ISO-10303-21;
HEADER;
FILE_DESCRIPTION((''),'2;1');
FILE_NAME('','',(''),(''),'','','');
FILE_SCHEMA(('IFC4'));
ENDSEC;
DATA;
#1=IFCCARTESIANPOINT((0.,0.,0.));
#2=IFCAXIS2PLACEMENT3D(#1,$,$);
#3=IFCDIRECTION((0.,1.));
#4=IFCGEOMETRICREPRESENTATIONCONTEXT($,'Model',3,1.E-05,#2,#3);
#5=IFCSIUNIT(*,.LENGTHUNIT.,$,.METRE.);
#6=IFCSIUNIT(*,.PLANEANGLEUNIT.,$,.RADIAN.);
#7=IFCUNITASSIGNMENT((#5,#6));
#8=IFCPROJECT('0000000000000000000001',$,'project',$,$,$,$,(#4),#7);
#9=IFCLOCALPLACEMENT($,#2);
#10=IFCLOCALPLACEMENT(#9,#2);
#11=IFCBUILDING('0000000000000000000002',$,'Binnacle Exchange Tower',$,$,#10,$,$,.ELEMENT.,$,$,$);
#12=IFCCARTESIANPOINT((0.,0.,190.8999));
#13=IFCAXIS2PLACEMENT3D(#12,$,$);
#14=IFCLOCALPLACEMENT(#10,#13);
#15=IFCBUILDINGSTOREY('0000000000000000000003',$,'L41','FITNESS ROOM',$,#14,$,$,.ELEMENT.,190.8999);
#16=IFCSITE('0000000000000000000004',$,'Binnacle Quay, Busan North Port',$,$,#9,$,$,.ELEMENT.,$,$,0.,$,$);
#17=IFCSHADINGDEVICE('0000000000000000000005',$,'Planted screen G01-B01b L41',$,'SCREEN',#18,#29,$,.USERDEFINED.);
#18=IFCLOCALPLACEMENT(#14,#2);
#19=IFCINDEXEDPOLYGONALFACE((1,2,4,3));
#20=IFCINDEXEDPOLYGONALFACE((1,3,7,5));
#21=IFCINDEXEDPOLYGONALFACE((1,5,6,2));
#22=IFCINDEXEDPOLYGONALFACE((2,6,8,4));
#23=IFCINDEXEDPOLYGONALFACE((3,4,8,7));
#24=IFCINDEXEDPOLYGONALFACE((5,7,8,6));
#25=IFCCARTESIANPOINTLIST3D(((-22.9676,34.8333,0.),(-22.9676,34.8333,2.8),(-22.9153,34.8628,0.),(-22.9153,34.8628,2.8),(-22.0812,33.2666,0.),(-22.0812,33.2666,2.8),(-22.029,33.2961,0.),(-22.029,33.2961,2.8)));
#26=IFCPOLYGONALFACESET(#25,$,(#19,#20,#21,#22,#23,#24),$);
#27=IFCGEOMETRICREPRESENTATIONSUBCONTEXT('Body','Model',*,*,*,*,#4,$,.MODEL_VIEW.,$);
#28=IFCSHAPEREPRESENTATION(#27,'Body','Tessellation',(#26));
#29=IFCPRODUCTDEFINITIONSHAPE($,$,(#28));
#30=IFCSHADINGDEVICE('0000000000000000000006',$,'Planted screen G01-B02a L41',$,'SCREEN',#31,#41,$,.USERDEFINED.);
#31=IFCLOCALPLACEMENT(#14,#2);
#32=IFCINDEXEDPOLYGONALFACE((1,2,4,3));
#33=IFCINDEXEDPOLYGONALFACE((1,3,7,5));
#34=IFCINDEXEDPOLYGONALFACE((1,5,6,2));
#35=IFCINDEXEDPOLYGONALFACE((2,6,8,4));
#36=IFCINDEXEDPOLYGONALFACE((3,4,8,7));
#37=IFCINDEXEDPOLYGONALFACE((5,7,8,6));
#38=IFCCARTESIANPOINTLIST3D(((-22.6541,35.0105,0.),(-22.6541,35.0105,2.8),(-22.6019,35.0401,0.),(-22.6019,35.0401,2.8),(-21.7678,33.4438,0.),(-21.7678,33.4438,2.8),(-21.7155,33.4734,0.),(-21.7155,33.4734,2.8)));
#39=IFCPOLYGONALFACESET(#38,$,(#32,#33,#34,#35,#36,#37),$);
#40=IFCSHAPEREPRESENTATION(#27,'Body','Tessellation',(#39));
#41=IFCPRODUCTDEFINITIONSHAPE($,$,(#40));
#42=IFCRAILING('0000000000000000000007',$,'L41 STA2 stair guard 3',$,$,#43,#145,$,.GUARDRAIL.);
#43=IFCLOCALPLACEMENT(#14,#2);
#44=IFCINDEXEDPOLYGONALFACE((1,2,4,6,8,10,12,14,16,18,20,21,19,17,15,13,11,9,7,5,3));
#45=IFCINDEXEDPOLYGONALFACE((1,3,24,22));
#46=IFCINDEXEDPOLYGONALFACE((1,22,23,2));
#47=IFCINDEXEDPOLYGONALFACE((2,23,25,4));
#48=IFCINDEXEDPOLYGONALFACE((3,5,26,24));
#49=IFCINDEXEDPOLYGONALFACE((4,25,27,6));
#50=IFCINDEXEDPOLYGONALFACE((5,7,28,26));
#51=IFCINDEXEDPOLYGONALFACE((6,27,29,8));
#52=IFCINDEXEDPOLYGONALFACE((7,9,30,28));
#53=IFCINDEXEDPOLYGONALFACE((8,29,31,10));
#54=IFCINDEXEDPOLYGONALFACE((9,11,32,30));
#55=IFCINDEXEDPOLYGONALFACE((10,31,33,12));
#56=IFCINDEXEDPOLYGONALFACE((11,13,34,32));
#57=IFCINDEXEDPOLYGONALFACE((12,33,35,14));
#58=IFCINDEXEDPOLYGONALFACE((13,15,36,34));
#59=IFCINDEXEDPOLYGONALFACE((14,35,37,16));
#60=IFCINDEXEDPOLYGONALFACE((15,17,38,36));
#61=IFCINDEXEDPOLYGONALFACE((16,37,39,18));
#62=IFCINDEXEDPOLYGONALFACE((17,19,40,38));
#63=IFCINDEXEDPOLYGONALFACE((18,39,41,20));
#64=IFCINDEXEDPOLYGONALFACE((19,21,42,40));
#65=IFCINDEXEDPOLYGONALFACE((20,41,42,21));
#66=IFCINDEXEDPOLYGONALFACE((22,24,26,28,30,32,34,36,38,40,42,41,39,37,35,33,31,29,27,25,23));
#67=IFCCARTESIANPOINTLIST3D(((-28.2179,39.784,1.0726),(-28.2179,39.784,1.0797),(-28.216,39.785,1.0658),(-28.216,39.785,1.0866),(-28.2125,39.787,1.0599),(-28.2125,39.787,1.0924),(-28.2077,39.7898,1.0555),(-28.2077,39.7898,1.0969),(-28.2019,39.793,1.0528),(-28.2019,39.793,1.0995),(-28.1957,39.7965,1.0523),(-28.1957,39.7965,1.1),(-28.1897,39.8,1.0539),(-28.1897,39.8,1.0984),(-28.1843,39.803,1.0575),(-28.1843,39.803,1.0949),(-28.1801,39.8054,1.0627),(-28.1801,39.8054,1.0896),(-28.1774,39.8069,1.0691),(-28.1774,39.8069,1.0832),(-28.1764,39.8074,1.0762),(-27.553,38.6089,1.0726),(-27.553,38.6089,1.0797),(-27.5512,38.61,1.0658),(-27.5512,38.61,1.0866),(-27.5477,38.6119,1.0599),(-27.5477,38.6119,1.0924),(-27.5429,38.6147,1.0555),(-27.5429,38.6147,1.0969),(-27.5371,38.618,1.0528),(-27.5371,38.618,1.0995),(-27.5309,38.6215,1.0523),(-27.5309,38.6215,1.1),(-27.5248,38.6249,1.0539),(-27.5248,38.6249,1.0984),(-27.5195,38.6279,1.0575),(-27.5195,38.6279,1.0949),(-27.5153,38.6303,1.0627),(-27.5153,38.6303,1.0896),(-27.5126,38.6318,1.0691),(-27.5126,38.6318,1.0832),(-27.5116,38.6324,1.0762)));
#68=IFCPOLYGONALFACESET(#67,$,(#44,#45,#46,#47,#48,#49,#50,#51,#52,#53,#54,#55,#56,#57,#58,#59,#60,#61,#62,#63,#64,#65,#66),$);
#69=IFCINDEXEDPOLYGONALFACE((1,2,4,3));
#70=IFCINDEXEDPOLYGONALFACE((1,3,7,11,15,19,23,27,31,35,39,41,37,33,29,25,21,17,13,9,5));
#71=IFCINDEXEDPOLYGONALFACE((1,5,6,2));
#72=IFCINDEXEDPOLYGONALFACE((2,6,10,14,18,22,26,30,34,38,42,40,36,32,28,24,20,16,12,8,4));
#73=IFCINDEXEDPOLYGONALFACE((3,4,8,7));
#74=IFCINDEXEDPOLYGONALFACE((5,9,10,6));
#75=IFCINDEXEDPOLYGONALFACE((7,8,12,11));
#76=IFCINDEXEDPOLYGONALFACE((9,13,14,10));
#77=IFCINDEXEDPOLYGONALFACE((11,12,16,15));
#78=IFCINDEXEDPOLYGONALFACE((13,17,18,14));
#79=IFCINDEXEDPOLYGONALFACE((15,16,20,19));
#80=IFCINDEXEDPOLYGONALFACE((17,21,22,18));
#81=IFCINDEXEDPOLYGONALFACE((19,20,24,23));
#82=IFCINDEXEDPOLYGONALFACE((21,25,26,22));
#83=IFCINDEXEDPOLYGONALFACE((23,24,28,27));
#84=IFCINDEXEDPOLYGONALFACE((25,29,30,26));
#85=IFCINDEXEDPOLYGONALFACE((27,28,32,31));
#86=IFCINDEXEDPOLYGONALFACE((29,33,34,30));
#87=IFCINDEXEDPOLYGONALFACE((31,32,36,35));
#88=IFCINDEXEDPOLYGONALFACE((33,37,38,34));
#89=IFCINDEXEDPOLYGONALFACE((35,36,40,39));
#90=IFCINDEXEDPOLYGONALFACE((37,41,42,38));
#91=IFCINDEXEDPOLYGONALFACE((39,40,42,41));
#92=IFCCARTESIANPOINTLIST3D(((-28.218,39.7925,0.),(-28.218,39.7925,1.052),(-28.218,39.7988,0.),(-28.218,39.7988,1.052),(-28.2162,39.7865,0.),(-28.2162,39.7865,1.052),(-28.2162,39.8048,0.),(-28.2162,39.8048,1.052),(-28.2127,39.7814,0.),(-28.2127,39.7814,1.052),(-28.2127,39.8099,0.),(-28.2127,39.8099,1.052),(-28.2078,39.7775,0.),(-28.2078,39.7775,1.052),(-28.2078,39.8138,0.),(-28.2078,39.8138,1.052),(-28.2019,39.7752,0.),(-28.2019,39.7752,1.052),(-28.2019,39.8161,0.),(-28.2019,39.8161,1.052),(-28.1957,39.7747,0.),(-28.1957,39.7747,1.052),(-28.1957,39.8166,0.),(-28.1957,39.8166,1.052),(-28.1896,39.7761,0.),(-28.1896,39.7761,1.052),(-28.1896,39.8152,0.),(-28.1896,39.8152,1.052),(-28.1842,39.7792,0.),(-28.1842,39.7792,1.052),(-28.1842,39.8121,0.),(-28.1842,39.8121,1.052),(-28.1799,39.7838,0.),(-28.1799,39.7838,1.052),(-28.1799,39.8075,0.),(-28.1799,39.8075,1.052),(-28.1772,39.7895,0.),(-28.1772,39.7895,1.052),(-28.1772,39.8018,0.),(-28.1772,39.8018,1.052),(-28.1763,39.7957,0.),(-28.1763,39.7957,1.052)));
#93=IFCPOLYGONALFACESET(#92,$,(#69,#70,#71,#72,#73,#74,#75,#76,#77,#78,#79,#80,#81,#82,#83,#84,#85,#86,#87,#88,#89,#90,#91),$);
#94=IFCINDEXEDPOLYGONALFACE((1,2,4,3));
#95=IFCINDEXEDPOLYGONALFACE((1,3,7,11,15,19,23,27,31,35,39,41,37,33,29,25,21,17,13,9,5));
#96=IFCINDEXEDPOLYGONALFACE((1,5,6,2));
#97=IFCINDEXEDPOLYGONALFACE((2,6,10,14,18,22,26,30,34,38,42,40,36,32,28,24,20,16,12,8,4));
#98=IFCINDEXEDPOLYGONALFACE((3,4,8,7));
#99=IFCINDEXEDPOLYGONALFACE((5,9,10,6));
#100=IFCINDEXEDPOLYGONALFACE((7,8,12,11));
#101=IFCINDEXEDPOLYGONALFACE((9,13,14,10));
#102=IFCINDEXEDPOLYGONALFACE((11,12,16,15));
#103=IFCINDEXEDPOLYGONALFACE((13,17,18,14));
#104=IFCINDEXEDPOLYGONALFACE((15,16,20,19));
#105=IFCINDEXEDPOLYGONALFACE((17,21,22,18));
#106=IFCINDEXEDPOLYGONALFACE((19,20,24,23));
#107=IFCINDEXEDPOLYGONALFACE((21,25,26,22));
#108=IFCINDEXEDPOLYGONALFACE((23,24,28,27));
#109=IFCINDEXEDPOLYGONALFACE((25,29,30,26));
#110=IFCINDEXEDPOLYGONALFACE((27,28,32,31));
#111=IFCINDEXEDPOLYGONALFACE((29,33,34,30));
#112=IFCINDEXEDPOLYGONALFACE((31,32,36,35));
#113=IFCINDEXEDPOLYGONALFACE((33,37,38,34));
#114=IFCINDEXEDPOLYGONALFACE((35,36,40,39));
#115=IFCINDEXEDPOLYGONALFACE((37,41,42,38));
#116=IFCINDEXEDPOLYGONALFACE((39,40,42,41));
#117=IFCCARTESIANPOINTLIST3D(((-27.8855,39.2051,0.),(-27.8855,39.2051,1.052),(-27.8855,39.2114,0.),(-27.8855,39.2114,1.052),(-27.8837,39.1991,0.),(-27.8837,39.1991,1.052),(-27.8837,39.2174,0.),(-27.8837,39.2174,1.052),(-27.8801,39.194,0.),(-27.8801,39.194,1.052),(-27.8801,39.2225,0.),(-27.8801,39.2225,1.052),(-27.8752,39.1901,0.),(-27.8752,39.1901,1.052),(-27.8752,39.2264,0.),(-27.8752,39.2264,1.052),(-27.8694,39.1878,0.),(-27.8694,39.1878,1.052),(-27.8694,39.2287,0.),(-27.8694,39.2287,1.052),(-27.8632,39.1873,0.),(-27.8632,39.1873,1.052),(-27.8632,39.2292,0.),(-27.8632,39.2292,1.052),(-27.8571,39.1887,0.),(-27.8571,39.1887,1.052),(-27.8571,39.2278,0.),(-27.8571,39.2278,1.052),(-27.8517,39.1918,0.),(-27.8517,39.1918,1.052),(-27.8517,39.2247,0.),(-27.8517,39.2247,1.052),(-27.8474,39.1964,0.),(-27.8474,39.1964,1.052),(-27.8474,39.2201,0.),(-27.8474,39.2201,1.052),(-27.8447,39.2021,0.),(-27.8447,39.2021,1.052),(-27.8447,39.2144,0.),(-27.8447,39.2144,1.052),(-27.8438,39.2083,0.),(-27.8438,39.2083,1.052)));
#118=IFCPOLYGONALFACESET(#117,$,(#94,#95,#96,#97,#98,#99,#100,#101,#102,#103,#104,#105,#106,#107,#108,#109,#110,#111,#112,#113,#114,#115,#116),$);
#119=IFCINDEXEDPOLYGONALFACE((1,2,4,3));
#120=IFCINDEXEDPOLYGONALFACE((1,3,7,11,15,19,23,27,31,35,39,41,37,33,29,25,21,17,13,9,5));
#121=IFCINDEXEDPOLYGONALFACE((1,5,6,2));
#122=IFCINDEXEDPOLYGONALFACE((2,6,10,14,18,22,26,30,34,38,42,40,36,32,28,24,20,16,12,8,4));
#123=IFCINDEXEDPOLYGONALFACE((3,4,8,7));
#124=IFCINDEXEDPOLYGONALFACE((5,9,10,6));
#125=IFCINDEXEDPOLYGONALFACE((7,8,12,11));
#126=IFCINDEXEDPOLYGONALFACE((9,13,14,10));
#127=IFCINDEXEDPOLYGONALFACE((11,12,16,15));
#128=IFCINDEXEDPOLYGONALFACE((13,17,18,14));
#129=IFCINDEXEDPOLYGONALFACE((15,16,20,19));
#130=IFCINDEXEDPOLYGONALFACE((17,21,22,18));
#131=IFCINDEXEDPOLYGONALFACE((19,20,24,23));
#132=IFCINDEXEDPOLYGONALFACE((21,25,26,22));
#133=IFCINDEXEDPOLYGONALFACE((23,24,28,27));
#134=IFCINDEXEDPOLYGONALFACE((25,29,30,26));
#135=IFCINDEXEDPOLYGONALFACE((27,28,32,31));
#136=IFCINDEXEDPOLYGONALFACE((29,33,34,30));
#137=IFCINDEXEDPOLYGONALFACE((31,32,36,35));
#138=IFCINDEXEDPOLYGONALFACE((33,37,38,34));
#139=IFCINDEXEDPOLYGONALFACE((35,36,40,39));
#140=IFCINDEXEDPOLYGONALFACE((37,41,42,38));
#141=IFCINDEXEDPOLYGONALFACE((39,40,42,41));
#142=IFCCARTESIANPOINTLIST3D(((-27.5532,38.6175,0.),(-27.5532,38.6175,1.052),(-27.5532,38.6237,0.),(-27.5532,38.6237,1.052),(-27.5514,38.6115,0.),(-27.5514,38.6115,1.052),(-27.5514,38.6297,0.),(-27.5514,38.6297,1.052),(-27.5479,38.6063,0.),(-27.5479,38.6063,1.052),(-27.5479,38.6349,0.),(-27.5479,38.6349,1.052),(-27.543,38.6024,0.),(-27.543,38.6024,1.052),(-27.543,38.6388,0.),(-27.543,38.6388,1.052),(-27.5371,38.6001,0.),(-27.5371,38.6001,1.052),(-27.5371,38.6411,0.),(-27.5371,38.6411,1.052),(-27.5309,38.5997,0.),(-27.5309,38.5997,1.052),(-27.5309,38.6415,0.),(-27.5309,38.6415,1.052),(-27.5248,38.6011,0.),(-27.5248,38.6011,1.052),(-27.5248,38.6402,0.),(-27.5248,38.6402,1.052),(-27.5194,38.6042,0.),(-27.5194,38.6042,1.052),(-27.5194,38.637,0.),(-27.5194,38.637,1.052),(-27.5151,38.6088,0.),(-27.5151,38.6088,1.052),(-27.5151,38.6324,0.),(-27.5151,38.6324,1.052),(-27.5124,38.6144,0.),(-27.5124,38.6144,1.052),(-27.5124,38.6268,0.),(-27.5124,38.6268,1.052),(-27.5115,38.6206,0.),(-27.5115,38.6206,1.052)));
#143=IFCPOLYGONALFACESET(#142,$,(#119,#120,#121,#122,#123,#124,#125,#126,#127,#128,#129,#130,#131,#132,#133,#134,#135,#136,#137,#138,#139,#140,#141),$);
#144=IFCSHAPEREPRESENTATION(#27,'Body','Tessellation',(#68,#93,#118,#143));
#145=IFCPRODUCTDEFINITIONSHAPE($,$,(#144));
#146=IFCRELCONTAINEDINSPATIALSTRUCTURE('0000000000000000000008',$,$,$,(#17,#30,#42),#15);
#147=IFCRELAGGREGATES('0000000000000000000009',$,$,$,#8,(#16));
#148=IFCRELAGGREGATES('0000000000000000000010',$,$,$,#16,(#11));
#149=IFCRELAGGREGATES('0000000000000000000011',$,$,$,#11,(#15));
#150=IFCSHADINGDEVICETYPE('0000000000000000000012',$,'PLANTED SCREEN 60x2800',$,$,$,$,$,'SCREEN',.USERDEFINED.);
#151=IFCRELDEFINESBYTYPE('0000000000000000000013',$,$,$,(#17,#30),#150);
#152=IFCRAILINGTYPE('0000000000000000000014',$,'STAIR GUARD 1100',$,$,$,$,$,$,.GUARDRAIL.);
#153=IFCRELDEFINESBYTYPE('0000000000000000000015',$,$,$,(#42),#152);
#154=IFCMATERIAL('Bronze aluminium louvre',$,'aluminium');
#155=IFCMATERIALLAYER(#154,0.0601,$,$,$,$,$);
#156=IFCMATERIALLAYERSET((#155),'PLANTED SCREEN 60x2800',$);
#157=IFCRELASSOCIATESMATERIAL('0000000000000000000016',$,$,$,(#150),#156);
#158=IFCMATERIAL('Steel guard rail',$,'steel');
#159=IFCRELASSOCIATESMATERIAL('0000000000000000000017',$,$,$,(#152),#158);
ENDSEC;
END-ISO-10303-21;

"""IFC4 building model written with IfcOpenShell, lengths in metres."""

from ifc_helpers import new_model, si_unit, direction, frame, origin, origin_2d, place, context, subcontext, project, spatial, rectangle, circle, extrude, material, layer, layer_set, type_object, element, save


model = new_model("IFC4")

# Units and contexts
model_context = context("Model", 3, precision=1e-05, world=origin(), true_north=direction((0.0, 1.0)))
body_context = subcontext(model_context, "Body", "Model", "MODEL_VIEW")
ifc_project = project(units=[si_unit("LENGTHUNIT", "METRE"), si_unit("PLANEANGLEUNIT", "RADIAN")], contexts=[model_context])

# Site, building, storey
site_placement = place(None, origin())
site = spatial("IfcSite", under=ifc_project, at=site_placement, Name="Binnacle Quay, Busan North Port", CompositionType="ELEMENT", RefElevation=0.0)
building_placement = place(site_placement, origin())
building = spatial("IfcBuilding", under=site, at=building_placement, Name="Binnacle Exchange Tower", CompositionType="ELEMENT")
storey_placement = place(building_placement, frame((0.0, 0.0, 190.8999)))
storey = spatial("IfcBuildingStorey", under=building, at=storey_placement, Name="L41", Description="FITNESS ROOM", CompositionType="ELEMENT", Elevation=190.8999)

# Shading devices
ifc_material_1 = material(Name="Bronze aluminium louvre", Category="aluminium")
ifc_layer_1 = layer(ifc_material_1, 0.0601)
ifc_layer_set_1 = layer_set([ifc_layer_1], Name="PLANTED SCREEN 60x2800")
shading_device_type = type_object("IfcShadingDeviceType", Name="PLANTED SCREEN 60x2800", ElementType="SCREEN", PredefinedType="USERDEFINED", material=ifc_layer_set_1)
for number, where, z_axis, x_axis, name in (
    (1, (-22.4983, 34.0647, 0.0), (0.0, 0.0, 1.0), (0.870356, 0.492424, 0.0), "Planted screen G01-B01b L41"),
    (2, (-22.1848, 34.2419, 0.0), (0.0, 0.0, 1.0), (0.870356, 0.492424, 0.0), "Planted screen G01-B02a L41"),
):
    element("IfcShadingDevice", number, at=place(storey_placement, frame(where, z_axis=z_axis, x_axis=x_axis)), inside=storey, type_object=shading_device_type, Name=name, ObjectType="SCREEN", PredefinedType="USERDEFINED", context=body_context, shape_type="SweptSolid", body=[
        extrude(rectangle(XDim=0.0601, YDim=1.8, at=origin_2d()), origin(), (0.0, 0.0, 1.0), 2.8),
    ])

# Railing
ifc_material_2 = material(Name="Steel guard rail", Category="steel")
railing_type_1 = type_object("IfcRailingType", Name="STAIR GUARD 1100", PredefinedType="GUARDRAIL", material=ifc_material_2)
railing_1_placement = place(storey_placement, frame((-28.1973, 39.7957, 0.0)))
element("IfcRailing", 3, at=railing_1_placement, inside=storey, type_object=railing_type_1, Name="L41 STA2 stair guard 3", PredefinedType="GUARDRAIL", context=body_context, shape_type="SweptSolid", body=[
    extrude(circle(Radius=0.0239, at=origin_2d()), frame((0.0, 0.0, 1.0762), z_axis=(0.492415, -0.870361, 0.0), x_axis=(0.870361, 0.492415, 0.0)), (0.0, 0.0, 1.0), 1.3501),
    extrude(circle(Radius=0.021, at=origin_2d()), origin(), (0.0, 0.0, 1.0), 1.052),
    extrude(circle(Radius=0.021, at=origin_2d()), frame((0.3325, -0.5874, 0.0)), (0.0, 0.0, 1.0), 1.052),
    extrude(circle(Radius=0.021, at=origin_2d()), frame((0.6648, -1.175, 0.0)), (0.0, 0.0, 1.0), 1.052),
])

save(model, "model.ifc")
